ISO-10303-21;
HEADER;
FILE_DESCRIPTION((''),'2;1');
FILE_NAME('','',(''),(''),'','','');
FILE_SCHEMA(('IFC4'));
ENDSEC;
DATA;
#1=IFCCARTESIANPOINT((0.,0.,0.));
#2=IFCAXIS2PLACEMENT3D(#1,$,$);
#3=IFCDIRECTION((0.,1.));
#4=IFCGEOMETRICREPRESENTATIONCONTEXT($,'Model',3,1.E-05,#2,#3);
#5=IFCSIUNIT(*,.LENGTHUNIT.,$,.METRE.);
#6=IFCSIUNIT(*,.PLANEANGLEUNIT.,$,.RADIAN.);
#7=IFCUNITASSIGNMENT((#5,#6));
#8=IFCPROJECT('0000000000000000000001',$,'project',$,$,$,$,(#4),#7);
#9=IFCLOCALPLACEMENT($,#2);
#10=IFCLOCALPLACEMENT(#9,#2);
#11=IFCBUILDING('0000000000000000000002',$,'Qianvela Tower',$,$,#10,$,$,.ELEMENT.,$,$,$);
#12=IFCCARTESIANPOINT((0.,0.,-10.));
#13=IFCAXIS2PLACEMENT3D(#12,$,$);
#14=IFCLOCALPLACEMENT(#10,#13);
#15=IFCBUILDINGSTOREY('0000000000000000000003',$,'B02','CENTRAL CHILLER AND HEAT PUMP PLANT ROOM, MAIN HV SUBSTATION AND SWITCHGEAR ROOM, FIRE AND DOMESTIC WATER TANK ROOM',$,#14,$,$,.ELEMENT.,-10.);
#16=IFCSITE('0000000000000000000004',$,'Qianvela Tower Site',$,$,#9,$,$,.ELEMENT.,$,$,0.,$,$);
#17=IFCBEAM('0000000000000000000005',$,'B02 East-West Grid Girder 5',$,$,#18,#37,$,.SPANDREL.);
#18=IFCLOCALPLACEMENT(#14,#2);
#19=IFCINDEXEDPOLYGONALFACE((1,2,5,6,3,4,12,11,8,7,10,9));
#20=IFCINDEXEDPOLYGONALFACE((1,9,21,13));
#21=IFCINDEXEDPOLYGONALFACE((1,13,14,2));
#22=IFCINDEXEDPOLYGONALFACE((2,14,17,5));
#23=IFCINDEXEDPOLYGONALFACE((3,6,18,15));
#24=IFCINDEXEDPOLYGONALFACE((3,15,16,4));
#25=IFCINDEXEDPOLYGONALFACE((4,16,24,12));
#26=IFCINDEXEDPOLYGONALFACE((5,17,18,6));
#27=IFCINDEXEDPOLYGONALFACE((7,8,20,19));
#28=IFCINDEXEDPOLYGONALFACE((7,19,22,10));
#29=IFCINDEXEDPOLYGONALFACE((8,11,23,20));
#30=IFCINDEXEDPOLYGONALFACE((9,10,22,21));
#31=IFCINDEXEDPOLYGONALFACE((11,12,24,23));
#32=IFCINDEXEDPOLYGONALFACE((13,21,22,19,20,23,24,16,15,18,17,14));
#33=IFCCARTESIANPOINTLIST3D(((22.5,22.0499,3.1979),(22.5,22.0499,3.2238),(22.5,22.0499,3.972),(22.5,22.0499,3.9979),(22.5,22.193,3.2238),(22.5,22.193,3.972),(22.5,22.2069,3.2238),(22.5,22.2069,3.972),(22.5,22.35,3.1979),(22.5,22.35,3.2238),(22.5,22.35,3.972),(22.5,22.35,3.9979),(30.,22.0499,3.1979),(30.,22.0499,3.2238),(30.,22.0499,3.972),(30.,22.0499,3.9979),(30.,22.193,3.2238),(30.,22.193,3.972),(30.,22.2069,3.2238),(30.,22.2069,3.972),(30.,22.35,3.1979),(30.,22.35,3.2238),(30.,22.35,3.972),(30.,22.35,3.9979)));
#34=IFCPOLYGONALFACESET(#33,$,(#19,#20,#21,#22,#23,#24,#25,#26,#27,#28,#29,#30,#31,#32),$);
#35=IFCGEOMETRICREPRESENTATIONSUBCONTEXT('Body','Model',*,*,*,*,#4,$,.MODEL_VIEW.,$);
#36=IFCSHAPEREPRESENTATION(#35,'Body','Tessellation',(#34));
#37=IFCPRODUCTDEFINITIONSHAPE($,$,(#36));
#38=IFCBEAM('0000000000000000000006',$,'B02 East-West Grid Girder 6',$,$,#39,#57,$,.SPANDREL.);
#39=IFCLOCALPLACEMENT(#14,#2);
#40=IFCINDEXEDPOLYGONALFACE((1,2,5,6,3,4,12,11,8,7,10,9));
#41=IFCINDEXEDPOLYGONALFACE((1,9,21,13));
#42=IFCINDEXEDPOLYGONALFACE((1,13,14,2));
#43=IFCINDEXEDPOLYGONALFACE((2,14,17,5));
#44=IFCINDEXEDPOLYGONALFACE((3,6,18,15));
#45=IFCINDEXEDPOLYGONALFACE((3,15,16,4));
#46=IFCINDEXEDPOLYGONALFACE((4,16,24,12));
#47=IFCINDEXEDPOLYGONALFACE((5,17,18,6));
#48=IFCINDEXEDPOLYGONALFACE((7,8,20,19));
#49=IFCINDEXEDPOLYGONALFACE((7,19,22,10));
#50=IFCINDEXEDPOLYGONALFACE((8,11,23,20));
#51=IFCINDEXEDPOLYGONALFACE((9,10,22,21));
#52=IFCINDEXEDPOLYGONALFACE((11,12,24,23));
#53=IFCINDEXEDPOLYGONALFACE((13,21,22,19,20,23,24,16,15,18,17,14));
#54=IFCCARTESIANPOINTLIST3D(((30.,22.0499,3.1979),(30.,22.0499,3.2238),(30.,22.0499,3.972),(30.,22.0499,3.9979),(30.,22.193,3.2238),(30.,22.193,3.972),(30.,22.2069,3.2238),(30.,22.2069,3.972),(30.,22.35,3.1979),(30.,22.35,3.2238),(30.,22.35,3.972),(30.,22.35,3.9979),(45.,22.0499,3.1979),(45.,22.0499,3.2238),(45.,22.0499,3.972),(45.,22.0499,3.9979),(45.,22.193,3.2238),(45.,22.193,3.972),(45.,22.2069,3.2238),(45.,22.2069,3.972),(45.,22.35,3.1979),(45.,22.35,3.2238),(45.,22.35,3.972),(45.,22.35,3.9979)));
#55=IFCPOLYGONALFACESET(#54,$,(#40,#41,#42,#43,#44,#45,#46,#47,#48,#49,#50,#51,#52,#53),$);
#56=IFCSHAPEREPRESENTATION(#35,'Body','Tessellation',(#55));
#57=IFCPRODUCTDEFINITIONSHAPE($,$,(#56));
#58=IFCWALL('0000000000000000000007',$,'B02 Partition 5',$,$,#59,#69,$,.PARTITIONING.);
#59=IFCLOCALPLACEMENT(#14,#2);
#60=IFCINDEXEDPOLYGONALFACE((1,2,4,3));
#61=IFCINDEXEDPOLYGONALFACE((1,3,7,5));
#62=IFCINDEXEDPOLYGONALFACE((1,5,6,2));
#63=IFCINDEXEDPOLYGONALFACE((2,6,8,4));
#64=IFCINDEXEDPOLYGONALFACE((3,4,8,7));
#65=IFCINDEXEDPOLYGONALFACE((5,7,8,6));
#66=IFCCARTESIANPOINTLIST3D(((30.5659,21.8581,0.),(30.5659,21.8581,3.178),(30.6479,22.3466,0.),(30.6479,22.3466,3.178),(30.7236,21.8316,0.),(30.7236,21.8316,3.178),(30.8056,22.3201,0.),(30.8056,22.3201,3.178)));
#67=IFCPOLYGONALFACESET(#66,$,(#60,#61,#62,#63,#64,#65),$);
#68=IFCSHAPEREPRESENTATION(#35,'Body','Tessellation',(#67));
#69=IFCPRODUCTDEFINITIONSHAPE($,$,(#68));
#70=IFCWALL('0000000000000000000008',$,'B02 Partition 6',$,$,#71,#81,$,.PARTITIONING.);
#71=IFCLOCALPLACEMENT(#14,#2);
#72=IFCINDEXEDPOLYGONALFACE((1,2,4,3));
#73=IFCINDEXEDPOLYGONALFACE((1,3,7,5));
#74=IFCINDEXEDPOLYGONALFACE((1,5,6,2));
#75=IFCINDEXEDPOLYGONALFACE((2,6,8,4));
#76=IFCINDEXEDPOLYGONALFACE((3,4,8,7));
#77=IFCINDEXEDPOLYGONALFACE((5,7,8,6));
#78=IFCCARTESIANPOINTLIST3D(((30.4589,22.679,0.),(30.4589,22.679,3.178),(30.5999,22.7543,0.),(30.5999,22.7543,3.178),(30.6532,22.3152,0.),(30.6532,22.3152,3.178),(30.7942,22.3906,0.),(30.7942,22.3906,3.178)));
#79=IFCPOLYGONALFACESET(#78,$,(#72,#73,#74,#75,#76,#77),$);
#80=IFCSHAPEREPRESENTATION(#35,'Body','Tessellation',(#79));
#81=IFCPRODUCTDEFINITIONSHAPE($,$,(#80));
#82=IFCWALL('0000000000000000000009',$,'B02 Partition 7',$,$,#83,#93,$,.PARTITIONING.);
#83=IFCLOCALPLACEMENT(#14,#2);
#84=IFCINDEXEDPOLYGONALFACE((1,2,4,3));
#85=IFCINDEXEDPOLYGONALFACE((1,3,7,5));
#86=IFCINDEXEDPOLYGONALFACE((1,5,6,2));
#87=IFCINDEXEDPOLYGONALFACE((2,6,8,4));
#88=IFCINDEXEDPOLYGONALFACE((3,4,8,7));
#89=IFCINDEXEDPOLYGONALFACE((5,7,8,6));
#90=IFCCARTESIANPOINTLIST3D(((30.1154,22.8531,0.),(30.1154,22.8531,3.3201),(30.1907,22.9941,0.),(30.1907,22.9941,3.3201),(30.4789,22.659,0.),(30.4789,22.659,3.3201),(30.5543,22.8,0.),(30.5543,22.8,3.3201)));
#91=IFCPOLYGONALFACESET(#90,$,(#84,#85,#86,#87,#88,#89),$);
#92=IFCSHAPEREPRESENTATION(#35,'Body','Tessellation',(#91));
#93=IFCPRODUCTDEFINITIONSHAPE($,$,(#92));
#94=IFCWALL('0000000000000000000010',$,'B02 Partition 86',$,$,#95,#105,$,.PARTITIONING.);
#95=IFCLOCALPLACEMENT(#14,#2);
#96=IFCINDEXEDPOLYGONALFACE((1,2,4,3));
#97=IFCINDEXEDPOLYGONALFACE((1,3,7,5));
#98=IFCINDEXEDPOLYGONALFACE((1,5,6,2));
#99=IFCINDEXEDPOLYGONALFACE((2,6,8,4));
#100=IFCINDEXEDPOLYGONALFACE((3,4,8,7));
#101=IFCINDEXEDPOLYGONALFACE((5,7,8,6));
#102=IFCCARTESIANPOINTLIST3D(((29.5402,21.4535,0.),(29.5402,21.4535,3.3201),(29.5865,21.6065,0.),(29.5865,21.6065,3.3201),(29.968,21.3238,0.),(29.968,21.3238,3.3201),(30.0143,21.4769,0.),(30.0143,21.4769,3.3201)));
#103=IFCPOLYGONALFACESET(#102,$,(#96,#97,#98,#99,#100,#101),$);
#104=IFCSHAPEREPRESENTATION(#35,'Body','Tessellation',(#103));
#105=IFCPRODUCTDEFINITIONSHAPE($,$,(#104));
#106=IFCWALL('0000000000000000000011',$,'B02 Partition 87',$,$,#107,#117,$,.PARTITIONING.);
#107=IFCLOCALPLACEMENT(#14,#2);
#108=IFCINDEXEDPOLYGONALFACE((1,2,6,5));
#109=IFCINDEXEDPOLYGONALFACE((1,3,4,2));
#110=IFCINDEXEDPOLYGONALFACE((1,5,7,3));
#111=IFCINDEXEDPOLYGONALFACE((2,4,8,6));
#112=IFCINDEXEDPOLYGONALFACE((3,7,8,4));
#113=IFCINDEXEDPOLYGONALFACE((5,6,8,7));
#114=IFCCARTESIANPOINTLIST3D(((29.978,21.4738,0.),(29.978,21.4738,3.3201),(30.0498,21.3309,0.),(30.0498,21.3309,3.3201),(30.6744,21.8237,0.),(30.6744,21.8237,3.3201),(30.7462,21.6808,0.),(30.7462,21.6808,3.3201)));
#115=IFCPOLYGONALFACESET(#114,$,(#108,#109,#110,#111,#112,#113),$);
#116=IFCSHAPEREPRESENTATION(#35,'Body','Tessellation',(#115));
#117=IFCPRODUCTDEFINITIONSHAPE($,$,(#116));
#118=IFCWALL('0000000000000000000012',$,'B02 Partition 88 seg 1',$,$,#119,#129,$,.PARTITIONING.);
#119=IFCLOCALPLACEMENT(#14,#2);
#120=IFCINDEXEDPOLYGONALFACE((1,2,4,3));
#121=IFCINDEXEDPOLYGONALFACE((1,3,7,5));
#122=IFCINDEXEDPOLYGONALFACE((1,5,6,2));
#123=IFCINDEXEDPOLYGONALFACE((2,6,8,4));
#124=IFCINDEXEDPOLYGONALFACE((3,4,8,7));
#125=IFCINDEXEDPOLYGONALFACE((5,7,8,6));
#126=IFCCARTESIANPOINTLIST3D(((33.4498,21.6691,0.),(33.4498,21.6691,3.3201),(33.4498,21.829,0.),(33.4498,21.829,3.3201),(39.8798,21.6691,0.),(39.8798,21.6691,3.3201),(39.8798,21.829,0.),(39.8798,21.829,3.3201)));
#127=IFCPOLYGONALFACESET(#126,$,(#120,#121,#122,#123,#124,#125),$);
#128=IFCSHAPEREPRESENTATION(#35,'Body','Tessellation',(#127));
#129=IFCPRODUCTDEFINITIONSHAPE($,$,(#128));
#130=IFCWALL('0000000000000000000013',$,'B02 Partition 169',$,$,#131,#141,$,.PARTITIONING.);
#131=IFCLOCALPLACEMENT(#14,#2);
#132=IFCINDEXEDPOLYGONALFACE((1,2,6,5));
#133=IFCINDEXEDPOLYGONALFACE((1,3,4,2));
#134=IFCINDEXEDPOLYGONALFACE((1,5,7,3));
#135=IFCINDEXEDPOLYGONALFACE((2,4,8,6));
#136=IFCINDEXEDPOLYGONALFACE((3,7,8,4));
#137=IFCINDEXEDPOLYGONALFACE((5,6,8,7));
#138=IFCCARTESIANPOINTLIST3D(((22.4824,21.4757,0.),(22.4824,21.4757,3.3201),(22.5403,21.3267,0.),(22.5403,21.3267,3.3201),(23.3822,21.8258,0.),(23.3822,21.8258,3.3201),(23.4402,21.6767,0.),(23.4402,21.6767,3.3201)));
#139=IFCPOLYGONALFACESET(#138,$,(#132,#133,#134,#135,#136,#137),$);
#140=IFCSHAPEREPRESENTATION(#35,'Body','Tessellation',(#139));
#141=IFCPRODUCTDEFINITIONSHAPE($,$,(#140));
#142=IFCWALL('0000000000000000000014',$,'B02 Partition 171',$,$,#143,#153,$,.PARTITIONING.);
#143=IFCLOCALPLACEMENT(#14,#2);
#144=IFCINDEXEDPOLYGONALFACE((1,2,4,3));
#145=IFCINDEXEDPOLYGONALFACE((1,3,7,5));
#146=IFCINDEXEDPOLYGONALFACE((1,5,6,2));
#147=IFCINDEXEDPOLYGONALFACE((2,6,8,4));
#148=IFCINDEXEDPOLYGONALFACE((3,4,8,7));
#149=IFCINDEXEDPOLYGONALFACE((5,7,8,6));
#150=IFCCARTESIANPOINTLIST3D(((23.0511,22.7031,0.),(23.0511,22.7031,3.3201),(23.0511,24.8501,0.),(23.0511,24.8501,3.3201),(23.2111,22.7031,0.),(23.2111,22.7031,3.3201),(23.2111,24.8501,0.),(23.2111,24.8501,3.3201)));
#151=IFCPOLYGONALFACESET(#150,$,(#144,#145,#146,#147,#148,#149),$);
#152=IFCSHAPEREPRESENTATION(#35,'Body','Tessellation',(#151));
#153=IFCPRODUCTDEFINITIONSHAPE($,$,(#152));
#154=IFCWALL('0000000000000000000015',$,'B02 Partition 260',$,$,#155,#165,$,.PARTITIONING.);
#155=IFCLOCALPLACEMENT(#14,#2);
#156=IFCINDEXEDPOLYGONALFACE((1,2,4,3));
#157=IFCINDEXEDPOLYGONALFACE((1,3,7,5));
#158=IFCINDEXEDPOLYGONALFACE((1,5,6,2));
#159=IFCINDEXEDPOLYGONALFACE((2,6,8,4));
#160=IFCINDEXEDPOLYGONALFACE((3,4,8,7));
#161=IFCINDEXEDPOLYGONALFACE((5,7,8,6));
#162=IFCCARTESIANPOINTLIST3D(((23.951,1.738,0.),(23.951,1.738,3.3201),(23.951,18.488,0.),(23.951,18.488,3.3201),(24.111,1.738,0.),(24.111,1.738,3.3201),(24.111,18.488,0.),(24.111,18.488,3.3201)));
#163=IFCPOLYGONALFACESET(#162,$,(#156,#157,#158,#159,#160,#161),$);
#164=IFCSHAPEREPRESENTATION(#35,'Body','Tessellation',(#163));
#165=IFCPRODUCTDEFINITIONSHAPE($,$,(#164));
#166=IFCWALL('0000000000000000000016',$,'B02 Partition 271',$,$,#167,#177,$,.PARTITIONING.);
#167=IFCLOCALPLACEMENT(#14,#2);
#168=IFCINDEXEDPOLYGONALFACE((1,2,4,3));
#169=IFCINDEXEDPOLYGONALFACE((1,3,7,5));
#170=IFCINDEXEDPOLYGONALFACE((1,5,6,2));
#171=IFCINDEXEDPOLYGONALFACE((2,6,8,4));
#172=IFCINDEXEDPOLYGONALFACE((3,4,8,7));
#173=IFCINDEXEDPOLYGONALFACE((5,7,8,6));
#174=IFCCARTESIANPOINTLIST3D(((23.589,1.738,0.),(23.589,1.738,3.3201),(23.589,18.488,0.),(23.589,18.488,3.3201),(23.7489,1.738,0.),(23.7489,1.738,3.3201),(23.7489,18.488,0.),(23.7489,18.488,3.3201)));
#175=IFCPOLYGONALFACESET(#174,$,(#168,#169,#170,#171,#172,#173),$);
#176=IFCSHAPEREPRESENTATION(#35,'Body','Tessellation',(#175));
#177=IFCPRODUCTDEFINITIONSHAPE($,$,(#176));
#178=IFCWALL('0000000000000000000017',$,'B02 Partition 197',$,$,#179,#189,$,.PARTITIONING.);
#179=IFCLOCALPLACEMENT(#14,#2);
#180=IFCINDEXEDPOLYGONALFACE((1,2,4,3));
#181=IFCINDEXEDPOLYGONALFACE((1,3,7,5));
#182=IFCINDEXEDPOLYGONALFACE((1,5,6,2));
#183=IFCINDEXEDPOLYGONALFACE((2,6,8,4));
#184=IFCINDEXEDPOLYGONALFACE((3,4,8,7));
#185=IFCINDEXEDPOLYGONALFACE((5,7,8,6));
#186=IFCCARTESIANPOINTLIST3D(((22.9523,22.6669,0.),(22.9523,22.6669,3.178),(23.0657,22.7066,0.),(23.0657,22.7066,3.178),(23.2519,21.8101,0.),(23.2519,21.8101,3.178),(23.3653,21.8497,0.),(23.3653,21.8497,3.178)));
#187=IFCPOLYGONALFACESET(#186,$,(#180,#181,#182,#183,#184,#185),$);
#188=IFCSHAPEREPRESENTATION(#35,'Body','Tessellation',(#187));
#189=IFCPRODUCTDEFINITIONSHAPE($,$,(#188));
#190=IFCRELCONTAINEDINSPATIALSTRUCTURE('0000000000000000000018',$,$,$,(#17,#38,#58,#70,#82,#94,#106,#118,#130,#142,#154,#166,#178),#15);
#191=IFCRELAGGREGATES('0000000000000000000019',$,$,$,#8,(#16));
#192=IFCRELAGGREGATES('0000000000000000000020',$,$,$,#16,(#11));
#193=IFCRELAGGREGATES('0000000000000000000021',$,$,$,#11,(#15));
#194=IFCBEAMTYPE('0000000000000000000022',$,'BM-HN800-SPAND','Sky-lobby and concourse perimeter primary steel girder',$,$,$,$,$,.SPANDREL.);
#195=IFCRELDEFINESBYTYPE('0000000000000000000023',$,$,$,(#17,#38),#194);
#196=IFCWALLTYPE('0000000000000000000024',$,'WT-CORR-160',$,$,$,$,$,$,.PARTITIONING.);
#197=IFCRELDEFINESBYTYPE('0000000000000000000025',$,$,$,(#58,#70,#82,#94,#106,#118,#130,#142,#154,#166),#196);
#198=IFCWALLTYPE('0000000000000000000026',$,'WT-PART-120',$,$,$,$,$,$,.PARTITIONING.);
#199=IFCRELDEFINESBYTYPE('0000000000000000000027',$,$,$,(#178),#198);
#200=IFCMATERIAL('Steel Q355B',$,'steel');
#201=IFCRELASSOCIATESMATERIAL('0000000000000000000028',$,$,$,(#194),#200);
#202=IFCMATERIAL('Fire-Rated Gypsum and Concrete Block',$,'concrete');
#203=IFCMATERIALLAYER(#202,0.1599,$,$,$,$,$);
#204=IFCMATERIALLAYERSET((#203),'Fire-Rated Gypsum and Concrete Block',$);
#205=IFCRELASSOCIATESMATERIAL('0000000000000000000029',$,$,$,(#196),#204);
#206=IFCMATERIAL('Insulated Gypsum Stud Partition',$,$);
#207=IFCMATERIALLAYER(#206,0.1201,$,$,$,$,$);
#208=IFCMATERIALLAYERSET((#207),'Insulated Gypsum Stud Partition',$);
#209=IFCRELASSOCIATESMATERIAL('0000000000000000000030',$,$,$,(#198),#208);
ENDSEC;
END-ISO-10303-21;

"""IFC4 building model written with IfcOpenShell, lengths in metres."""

from ifc_helpers import new_model, si_unit, direction, frame, frame_2d, origin, origin_2d, place, context, subcontext, project, spatial, rectangle, i_section, extrude, material, layer, layer_set, material_profile, profile_set, type_object, element, save


model = new_model("IFC4")

# Units and contexts
model_context = context("Model", 3, precision=1e-05, world=origin(), true_north=direction((0.0, 1.0)))
body_context = subcontext(model_context, "Body", "Model", "MODEL_VIEW")
ifc_project = project(units=[si_unit("LENGTHUNIT", "METRE"), si_unit("PLANEANGLEUNIT", "RADIAN")], contexts=[model_context])

# Site, building, storey
site_placement = place(None, origin())
site = spatial("IfcSite", under=ifc_project, at=site_placement, Name="Qianvela Tower Site", CompositionType="ELEMENT", RefElevation=0.0)
building_placement = place(site_placement, origin())
building = spatial("IfcBuilding", under=site, at=building_placement, Name="Qianvela Tower", CompositionType="ELEMENT")
storey_placement = place(building_placement, frame((0.0, 0.0, -10.0)))
storey = spatial("IfcBuildingStorey", under=building, at=storey_placement, Name="B02", Description="CENTRAL CHILLER AND HEAT PUMP PLANT ROOM, MAIN HV SUBSTATION AND SWITCHGEAR ROOM, FIRE AND DOMESTIC WATER TANK ROOM", CompositionType="ELEMENT", Elevation=-10.0)

# Beams
ifc_material_1 = material(Name="Steel Q355B", Category="steel")
ifc_material_profile_1 = material_profile(ifc_material_1, i_section(OverallWidth=0.3, OverallDepth=0.8, WebThickness=0.0139, FlangeThickness=0.0259, at=origin_2d()), Name="HN800x300x14x26")
ifc_profile_set_1 = profile_set([ifc_material_profile_1], Name="Steel Q355B")
beam_type_1 = type_object("IfcBeamType", Name="BM-HN800-SPAND", Description="Sky-lobby and concourse perimeter primary steel girder", PredefinedType="SPANDREL", material=ifc_profile_set_1)
beam_1_placement = place(storey_placement, frame((22.5, 22.2, 3.5979), z_axis=(1.0, 0.0, 0.0), x_axis=(0.0, 1.0, 0.0)))
element("IfcBeam", 1, at=beam_1_placement, inside=storey, type_object=beam_type_1, Name="B02 East-West Grid Girder 5", PredefinedType="SPANDREL", context=body_context, shape_type="SweptSolid", body=[
    extrude(i_section(OverallWidth=0.3, OverallDepth=0.8, WebThickness=0.0139, FlangeThickness=0.0259, at=origin_2d()), origin(), (0.0, 0.0, 1.0), 7.5),
])
beam_2_placement = place(storey_placement, frame((30.0, 22.2, 3.5979), z_axis=(1.0, 0.0, 0.0), x_axis=(0.0, 1.0, 0.0)))
element("IfcBeam", 2, at=beam_2_placement, inside=storey, type_object=beam_type_1, Name="B02 East-West Grid Girder 6", PredefinedType="SPANDREL", context=body_context, shape_type="SweptSolid", body=[
    extrude(i_section(OverallWidth=0.3, OverallDepth=0.8, WebThickness=0.0139, FlangeThickness=0.0259, at=origin_2d()), origin(), (0.0, 0.0, 1.0), 15.0),
])

# Walls
ifc_material_2 = material(Name="Fire-Rated Gypsum and Concrete Block", Category="concrete")
ifc_layer_1 = layer(ifc_material_2, 0.1599)
ifc_layer_set_1 = layer_set([ifc_layer_1], Name="Fire-Rated Gypsum and Concrete Block")
wall_type_1 = type_object("IfcWallType", Name="WT-CORR-160", PredefinedType="PARTITIONING", material=ifc_layer_set_1)
wall_1_placement = place(storey_placement, frame((30.6448, 21.845, 0.0), z_axis=(0.0, 0.0, 1.0), x_axis=(0.165598, 0.986193, 0.0)))
element("IfcWall", 3, at=wall_1_placement, inside=storey, type_object=wall_type_1, Name="B02 Partition 5", PredefinedType="PARTITIONING", context=body_context, shape_type="SweptSolid", body=[
    extrude(rectangle(XDim=0.4954, YDim=0.1599, at=frame_2d((0.2476, 0.0))), origin(), (0.0, 0.0, 1.0), 3.178),
])
wall_2_placement = place(storey_placement, frame((30.7236, 22.353, 0.0), z_axis=(0.0, 0.0, 1.0), x_axis=(-0.471203, 0.882025, 0.0)))
element("IfcWall", 4, at=wall_2_placement, inside=storey, type_object=wall_type_1, Name="B02 Partition 6", PredefinedType="PARTITIONING", context=body_context, shape_type="SweptSolid", body=[
    extrude(rectangle(XDim=0.4124, YDim=0.1599, at=frame_2d((0.2061, 0.0))), origin(), (0.0, 0.0, 1.0), 3.178),
])
wall_3_placement = place(storey_placement, frame((30.5166, 22.7295, 0.0), z_axis=(0.0, 0.0, 1.0), x_axis=(-0.88214, 0.470988, 0.0)))
element("IfcWall", 5, at=wall_3_placement, inside=storey, type_object=wall_type_1, Name="B02 Partition 7", PredefinedType="PARTITIONING", context=body_context, shape_type="SweptSolid", body=[
    extrude(rectangle(XDim=0.4121, YDim=0.1599, at=frame_2d((0.2061, 0.0))), origin(), (0.0, 0.0, 1.0), 3.3201),
])

# Walls
wall_4_placement = place(storey_placement, frame((29.5632, 21.53, 0.0), z_axis=(0.0, 0.0, 1.0), x_axis=(0.957011, -0.290053, 0.0)))
element("IfcWall", 6, at=wall_4_placement, inside=storey, type_object=wall_type_1, Name="B02 Partition 86", PredefinedType="PARTITIONING", context=body_context, shape_type="SweptSolid", body=[
    extrude(rectangle(XDim=0.447, YDim=0.1599, at=frame_2d((0.2236, 0.0))), origin(), (0.0, 0.0, 1.0), 3.3201),
])
wall_5_placement = place(storey_placement, frame((30.0139, 21.4023, 0.0), z_axis=(0.0, 0.0, 1.0), x_axis=(0.893548, 0.448967, 0.0)))
element("IfcWall", 7, at=wall_5_placement, inside=storey, type_object=wall_type_1, Name="B02 Partition 87", PredefinedType="PARTITIONING", context=body_context, shape_type="SweptSolid", body=[
    extrude(rectangle(XDim=0.7793, YDim=0.1599, at=frame_2d((0.3896, 0.0))), origin(), (0.0, 0.0, 1.0), 3.3201),
])
wall_6_placement = place(storey_placement, frame((33.45, 21.749, 0.0), z_axis=(0.0, 0.0, 1.0), x_axis=(1.0, 0.0, 0.0)))
element("IfcWall", 8, at=wall_6_placement, inside=storey, type_object=wall_type_1, Name="B02 Partition 88 seg 1", PredefinedType="PARTITIONING", context=body_context, shape_type="SweptSolid", body=[
    extrude(rectangle(XDim=6.4299, YDim=0.1599, at=frame_2d((3.2148, 0.0))), origin(), (0.0, 0.0, 1.0), 3.3201),
])
wall_7_placement = place(storey_placement, frame((22.5112, 21.4011, 0.0), z_axis=(0.0, 0.0, 1.0), x_axis=(0.931957, 0.362568, 0.0)))
element("IfcWall", 9, at=wall_7_placement, inside=storey, type_object=wall_type_1, Name="B02 Partition 169", PredefinedType="PARTITIONING", context=body_context, shape_type="SweptSolid", body=[
    extrude(rectangle(XDim=0.9656, YDim=0.1599, at=frame_2d((0.4829, 0.0))), origin(), (0.0, 0.0, 1.0), 3.3201),
])
wall_8_placement = place(storey_placement, frame((23.1311, 22.7031, 0.0), z_axis=(0.0, 0.0, 1.0), x_axis=(0.0, 1.0, 0.0)))
element("IfcWall", 10, at=wall_8_placement, inside=storey, type_object=wall_type_1, Name="B02 Partition 171", PredefinedType="PARTITIONING", context=body_context, shape_type="SweptSolid", body=[
    extrude(rectangle(XDim=2.147, YDim=0.1599, at=frame_2d((1.0735, 0.0))), origin(), (0.0, 0.0, 1.0), 3.3201),
])
for number, where, z_axis, x_axis, name in (
    (11, (24.031, 1.738, 0.0), (0.0, 0.0, 1.0), (0.0, 1.0, 0.0), "B02 Partition 260"),
    (12, (23.6689, 18.488, 0.0), (0.0, 0.0, 1.0), (0.0, -1.0, 0.0), "B02 Partition 271"),
):
    element("IfcWall", number, at=place(storey_placement, frame(where, z_axis=z_axis, x_axis=x_axis)), inside=storey, type_object=wall_type_1, Name=name, PredefinedType="PARTITIONING", context=body_context, shape_type="SweptSolid", body=[
        extrude(rectangle(XDim=16.75, YDim=0.1599, at=frame_2d((8.375, 0.0))), origin(), (0.0, 0.0, 1.0), 3.3201),
    ])
ifc_material_3 = material(Name="Insulated Gypsum Stud Partition")
ifc_layer_2 = layer(ifc_material_3, 0.1201)
ifc_layer_set_2 = layer_set([ifc_layer_2], Name="Insulated Gypsum Stud Partition")
wall_type_2 = type_object("IfcWallType", Name="WT-PART-120", PredefinedType="PARTITIONING", material=ifc_layer_set_2)
wall_9_placement = place(storey_placement, frame((23.009, 22.6868, 0.0), z_axis=(0.0, 0.0, 1.0), x_axis=(0.329991, -0.943984, 0.0)))
element("IfcWall", 13, at=wall_9_placement, inside=storey, type_object=wall_type_2, Name="B02 Partition 197", PredefinedType="PARTITIONING", context=body_context, shape_type="SweptSolid", body=[
    extrude(rectangle(XDim=0.9077, YDim=0.1201, at=frame_2d((0.4539, 0.0))), origin(), (0.0, 0.0, 1.0), 3.178),
])

save(model, "model.ifc")
